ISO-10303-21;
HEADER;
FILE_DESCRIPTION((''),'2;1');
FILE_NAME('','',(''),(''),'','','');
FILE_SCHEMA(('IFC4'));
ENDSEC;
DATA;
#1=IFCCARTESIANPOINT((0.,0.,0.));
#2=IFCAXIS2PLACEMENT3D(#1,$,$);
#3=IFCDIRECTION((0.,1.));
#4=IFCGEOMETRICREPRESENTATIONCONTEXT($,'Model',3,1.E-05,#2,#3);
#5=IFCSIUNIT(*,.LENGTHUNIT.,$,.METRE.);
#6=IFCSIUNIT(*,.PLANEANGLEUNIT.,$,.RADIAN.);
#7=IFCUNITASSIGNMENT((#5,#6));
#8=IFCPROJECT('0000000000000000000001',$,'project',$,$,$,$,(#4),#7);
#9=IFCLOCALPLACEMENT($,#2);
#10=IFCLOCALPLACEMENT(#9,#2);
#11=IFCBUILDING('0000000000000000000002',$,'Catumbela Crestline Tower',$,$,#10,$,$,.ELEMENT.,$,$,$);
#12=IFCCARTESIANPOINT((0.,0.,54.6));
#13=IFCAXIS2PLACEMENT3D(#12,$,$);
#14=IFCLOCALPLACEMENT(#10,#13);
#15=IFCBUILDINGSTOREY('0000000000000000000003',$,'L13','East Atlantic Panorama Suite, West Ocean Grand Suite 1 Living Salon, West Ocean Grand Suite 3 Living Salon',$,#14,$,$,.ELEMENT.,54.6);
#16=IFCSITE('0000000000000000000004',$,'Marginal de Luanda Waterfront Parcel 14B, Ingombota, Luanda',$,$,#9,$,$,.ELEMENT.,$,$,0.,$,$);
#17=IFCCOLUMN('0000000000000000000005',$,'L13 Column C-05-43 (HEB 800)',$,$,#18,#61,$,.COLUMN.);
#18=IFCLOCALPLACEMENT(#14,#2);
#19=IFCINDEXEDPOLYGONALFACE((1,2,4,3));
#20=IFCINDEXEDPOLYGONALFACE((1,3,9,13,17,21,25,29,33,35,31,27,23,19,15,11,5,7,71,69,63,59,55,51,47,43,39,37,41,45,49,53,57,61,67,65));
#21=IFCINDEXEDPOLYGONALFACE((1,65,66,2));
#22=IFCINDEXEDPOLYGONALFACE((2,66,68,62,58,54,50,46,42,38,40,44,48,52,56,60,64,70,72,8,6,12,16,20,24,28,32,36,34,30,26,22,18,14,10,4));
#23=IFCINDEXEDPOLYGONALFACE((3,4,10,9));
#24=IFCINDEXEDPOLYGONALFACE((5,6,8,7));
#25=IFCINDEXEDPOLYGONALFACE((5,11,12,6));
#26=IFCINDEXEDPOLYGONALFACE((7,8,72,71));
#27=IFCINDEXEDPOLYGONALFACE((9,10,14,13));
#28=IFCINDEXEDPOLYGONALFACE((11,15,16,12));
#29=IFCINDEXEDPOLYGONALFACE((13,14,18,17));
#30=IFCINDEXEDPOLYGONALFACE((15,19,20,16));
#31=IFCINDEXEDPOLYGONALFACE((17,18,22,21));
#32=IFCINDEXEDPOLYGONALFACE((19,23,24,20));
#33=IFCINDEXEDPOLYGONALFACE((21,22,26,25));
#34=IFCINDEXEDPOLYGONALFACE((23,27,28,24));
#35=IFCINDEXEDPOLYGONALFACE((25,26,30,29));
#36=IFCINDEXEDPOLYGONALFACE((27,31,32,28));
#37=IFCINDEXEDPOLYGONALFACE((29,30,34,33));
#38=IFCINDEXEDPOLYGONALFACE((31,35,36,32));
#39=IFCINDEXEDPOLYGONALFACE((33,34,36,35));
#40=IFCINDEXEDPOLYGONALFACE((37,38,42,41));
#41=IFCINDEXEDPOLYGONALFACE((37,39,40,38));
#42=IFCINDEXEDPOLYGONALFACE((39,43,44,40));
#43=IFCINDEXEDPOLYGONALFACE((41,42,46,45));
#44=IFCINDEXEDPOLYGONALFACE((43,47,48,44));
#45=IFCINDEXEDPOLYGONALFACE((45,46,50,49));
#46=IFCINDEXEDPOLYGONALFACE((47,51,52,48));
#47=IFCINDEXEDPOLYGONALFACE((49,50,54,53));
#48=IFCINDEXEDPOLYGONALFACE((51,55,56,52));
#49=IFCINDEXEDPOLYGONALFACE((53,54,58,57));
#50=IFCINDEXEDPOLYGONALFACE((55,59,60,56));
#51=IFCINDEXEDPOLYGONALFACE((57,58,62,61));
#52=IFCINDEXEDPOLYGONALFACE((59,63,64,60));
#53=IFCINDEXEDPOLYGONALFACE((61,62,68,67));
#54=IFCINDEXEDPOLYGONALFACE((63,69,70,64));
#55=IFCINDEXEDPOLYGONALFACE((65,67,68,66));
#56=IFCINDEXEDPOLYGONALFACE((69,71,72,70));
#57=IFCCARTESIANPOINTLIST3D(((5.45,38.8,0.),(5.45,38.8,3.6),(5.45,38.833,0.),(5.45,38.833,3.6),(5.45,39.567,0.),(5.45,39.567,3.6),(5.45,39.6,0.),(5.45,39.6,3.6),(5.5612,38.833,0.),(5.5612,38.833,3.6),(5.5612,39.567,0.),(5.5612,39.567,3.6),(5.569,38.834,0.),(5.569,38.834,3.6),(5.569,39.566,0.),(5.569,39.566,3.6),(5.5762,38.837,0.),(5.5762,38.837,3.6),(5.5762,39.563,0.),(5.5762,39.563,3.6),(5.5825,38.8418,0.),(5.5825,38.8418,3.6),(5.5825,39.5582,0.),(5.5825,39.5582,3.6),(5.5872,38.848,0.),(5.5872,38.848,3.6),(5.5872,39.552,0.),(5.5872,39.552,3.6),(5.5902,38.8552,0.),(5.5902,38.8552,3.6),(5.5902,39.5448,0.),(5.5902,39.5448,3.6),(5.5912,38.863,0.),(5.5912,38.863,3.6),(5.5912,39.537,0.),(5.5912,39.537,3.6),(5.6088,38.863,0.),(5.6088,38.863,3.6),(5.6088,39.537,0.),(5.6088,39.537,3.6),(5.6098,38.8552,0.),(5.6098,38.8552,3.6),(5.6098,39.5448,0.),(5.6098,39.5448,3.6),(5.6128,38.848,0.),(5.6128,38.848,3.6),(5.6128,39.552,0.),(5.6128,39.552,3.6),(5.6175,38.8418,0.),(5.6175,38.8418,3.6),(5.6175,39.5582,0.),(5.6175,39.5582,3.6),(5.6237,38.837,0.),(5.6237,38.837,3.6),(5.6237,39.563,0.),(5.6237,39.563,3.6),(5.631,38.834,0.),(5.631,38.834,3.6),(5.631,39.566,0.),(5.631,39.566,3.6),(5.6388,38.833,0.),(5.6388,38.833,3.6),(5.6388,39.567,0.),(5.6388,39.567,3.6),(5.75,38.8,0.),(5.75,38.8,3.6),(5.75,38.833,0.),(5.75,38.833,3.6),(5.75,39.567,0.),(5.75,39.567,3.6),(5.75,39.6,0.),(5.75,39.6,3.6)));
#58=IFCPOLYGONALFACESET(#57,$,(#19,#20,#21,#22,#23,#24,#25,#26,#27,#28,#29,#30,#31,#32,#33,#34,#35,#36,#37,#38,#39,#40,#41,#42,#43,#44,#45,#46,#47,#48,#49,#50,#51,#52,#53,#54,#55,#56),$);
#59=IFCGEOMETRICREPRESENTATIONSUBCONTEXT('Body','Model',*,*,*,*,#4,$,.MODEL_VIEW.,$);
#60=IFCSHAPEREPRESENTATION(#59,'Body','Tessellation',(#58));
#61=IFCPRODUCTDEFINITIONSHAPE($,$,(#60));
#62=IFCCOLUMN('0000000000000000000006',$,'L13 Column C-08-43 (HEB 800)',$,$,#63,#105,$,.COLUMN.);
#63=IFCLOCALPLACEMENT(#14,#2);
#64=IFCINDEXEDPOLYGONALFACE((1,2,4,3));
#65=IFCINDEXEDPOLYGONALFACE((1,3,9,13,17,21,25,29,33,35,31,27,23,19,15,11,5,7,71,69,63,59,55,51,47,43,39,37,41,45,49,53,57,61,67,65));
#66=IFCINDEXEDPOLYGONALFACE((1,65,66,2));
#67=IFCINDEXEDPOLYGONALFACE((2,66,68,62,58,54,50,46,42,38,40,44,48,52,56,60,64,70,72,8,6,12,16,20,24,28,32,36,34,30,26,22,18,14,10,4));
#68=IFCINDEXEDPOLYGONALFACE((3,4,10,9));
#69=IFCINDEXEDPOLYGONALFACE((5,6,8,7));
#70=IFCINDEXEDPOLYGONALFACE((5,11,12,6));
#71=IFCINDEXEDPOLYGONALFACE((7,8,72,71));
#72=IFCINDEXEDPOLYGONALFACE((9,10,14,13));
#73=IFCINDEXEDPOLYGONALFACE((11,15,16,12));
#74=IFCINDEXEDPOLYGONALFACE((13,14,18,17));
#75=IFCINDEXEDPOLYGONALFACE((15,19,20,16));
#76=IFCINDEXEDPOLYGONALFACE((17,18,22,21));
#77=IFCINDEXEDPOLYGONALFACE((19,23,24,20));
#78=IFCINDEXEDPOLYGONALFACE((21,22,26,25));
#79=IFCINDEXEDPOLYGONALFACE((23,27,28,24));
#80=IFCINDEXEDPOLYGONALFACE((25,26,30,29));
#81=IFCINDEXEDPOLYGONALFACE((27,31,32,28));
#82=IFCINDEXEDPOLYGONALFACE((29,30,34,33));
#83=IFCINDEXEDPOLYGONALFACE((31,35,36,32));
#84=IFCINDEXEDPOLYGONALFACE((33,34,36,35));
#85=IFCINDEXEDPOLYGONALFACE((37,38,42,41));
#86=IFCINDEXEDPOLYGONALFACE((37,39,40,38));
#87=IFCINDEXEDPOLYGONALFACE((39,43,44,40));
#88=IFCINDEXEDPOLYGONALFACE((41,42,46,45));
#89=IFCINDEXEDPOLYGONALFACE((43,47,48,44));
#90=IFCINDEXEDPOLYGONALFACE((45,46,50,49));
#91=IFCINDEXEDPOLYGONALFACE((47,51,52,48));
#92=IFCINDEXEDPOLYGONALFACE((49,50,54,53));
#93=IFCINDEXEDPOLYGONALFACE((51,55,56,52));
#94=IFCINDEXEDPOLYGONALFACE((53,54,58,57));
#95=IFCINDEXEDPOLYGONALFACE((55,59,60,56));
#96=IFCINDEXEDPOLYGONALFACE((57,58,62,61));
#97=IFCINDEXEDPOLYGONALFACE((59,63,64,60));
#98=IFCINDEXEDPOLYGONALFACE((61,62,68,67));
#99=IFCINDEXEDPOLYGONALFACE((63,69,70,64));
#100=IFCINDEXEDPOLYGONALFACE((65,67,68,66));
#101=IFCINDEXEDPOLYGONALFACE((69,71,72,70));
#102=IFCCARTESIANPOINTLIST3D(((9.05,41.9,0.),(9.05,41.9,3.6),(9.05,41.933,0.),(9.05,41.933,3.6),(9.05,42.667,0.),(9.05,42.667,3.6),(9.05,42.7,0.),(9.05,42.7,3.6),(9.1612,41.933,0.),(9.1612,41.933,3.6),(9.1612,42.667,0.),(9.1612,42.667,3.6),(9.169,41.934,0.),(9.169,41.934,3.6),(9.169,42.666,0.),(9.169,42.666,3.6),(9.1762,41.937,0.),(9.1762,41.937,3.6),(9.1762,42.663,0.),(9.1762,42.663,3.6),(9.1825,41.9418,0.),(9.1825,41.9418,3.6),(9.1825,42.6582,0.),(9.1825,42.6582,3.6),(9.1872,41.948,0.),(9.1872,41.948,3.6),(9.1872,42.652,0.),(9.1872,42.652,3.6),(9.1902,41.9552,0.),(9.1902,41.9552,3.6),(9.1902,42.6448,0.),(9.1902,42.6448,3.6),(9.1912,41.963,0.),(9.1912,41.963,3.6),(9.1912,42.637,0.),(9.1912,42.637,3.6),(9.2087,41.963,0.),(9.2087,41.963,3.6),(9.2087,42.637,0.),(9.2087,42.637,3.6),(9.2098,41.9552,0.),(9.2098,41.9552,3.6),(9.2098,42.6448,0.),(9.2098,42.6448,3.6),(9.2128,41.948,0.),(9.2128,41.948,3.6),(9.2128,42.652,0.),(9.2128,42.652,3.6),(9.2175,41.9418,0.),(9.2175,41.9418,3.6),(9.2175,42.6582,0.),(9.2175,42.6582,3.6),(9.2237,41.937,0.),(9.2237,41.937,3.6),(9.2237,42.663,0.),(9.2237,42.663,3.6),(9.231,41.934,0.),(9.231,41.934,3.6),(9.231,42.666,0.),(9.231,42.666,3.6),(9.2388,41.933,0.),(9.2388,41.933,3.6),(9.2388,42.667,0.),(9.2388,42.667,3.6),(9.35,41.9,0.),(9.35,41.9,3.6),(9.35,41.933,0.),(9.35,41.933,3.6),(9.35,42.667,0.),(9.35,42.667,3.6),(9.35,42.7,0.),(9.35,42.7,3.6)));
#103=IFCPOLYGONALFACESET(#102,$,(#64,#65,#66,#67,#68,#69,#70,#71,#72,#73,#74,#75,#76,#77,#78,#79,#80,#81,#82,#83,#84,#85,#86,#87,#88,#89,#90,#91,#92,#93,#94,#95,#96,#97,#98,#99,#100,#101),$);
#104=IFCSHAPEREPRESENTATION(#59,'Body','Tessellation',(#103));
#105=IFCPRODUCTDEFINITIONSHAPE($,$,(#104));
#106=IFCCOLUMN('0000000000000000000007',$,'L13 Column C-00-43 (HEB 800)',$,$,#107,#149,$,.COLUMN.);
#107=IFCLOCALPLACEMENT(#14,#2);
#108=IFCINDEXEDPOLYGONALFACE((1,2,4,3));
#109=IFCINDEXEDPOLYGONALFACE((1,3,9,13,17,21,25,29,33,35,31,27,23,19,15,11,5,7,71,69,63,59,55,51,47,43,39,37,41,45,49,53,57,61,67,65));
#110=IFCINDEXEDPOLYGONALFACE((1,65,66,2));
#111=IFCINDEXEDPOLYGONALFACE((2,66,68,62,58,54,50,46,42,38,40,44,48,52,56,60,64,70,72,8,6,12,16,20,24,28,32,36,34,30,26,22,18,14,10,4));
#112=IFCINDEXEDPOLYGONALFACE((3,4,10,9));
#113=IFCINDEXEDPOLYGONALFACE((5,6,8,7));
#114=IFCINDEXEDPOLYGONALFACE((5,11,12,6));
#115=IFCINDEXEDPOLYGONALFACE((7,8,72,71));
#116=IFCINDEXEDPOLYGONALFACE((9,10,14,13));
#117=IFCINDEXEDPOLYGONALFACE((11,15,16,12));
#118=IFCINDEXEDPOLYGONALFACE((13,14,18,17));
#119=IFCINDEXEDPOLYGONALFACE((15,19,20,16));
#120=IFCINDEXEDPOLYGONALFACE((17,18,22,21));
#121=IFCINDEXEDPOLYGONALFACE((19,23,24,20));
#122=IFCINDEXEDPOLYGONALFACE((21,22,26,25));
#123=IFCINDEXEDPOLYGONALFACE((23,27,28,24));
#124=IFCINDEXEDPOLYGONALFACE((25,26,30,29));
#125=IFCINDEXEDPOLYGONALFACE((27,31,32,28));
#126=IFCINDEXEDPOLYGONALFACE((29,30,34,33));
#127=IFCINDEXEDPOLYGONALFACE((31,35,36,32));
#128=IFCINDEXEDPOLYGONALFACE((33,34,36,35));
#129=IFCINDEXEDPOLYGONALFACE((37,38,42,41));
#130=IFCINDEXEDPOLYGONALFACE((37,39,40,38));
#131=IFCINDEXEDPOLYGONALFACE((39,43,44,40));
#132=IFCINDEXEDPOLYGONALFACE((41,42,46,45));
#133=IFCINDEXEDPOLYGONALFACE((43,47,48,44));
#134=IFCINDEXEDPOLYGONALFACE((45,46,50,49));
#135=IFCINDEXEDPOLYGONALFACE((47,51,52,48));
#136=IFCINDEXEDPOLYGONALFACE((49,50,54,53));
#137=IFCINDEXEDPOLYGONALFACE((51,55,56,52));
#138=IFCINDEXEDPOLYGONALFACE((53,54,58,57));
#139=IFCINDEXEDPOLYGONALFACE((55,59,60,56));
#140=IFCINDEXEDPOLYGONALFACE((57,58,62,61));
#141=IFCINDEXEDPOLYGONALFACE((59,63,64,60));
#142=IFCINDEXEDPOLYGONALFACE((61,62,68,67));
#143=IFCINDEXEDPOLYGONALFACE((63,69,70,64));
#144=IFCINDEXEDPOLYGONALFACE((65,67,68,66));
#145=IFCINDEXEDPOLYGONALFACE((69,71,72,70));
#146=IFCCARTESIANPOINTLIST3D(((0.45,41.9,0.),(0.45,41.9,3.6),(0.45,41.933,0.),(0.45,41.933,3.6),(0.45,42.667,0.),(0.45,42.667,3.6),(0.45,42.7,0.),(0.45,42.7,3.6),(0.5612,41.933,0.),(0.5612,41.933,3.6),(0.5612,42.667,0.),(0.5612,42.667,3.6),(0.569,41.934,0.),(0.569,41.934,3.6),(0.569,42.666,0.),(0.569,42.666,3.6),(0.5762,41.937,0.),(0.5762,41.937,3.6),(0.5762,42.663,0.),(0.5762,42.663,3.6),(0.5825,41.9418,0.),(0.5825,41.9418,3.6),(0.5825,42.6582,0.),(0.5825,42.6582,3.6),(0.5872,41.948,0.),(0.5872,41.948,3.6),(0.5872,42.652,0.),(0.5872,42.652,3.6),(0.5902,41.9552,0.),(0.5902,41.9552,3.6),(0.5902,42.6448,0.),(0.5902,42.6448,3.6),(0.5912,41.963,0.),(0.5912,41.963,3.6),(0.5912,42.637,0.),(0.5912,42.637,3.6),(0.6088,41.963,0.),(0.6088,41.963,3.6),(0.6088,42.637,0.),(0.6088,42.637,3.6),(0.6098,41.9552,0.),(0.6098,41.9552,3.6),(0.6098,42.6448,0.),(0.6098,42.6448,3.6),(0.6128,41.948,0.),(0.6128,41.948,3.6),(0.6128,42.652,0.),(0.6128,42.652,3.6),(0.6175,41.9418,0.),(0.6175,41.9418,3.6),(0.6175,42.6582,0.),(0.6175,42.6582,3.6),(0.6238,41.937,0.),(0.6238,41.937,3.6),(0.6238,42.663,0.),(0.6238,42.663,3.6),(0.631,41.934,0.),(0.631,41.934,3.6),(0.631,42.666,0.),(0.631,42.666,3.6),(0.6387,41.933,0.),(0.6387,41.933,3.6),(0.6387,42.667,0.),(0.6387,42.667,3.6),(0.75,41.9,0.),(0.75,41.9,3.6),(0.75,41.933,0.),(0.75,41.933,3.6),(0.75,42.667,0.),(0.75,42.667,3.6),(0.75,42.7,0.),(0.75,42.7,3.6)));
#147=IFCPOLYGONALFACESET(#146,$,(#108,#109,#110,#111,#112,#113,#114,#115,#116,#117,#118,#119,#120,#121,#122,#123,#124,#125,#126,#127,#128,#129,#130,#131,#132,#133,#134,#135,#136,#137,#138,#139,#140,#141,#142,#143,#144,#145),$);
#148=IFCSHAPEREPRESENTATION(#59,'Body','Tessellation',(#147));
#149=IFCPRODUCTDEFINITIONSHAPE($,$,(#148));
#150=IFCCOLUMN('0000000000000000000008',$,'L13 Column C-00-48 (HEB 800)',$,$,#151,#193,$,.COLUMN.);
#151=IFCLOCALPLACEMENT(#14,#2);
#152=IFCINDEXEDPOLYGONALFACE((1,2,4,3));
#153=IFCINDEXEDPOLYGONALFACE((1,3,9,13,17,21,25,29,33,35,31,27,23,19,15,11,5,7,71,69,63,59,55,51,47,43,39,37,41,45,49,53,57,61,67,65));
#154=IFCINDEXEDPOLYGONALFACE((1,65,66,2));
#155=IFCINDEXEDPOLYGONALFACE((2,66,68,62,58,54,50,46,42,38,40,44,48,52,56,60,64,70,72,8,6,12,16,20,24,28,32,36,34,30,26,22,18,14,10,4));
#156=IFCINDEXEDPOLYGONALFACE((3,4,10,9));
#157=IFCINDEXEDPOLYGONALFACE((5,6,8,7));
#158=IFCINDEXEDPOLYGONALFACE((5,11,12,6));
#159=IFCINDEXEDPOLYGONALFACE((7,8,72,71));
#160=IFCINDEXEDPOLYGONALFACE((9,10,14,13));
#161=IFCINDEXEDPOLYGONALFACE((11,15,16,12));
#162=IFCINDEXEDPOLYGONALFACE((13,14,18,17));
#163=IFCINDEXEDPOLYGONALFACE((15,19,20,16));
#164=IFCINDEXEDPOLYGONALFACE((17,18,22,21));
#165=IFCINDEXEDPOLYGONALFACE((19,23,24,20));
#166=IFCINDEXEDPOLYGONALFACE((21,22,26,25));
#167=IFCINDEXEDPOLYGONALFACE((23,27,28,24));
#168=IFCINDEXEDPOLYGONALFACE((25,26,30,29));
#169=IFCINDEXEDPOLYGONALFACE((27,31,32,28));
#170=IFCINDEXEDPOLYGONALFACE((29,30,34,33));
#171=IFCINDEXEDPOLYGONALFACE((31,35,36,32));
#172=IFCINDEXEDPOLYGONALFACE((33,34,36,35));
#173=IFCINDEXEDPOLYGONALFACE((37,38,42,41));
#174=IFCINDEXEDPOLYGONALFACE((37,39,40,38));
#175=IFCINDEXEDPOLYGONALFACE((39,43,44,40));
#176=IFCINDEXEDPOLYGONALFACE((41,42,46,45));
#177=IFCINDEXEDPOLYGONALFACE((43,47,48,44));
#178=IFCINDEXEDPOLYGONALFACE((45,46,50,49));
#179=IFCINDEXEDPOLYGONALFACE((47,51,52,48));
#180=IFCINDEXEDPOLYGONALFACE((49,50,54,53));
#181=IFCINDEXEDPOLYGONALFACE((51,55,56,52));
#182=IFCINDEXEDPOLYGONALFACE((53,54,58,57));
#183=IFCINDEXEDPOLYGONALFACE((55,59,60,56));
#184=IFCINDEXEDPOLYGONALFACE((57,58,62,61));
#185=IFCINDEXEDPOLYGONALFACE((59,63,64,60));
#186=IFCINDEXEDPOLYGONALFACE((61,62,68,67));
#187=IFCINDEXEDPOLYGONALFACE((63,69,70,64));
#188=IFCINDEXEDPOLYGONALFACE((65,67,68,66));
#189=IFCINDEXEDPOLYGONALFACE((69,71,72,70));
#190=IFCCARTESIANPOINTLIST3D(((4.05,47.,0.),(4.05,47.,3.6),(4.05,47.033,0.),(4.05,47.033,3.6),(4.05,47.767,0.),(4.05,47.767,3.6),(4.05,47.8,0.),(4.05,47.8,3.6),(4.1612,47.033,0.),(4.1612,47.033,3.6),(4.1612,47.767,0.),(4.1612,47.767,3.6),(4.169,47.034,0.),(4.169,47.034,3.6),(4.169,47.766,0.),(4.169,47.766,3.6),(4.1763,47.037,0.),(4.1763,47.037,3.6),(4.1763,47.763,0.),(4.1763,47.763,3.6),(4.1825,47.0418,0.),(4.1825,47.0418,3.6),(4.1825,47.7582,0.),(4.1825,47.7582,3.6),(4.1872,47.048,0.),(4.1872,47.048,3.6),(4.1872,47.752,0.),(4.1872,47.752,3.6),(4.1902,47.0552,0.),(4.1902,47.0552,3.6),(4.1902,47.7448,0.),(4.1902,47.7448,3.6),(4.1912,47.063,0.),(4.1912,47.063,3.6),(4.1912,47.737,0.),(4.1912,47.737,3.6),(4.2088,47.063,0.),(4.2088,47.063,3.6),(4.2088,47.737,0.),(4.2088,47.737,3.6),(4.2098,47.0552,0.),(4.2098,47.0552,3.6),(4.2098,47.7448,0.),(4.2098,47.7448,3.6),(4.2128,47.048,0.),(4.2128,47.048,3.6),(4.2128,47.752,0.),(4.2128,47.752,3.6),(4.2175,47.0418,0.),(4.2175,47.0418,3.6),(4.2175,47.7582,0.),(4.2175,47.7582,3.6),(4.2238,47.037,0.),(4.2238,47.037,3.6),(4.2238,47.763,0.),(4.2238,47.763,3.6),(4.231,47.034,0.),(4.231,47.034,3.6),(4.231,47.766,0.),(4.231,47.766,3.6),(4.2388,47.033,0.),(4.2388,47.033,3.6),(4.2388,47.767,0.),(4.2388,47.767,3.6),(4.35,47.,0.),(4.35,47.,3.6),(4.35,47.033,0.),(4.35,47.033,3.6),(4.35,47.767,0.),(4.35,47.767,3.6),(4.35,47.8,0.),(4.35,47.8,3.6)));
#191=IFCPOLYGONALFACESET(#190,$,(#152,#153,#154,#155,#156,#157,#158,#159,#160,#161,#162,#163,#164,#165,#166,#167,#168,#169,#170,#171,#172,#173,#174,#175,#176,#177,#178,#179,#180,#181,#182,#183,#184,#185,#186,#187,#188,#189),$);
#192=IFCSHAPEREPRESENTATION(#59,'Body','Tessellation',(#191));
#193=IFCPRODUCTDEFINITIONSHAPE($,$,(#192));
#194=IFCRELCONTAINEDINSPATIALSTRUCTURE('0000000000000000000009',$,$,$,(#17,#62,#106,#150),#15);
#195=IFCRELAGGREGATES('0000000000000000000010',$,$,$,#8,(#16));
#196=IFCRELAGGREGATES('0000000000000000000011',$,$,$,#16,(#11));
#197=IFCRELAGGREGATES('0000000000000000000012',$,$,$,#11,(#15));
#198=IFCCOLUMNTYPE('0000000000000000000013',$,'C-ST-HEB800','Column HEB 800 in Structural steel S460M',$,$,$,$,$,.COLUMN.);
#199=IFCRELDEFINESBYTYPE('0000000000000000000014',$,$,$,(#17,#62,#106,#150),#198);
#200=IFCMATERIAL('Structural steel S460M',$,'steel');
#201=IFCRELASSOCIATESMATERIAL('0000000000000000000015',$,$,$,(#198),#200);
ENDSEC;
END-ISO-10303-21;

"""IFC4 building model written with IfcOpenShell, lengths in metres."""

from ifc_helpers import new_model, si_unit, direction, frame, origin, origin_2d, place, context, subcontext, project, spatial, i_section, extrude, material, material_profile, profile_set, type_object, element, save


model = new_model("IFC4")

# Units and contexts
model_context = context("Model", 3, precision=1e-05, world=origin(), true_north=direction((0.0, 1.0)))
body_context = subcontext(model_context, "Body", "Model", "MODEL_VIEW")
ifc_project = project(units=[si_unit("LENGTHUNIT", "METRE"), si_unit("PLANEANGLEUNIT", "RADIAN")], contexts=[model_context])

# Site, building, storey
site_placement = place(None, origin())
site = spatial("IfcSite", under=ifc_project, at=site_placement, Name="Marginal de Luanda Waterfront Parcel 14B, Ingombota, Luanda", CompositionType="ELEMENT", RefElevation=0.0)
building_placement = place(site_placement, origin())
building = spatial("IfcBuilding", under=site, at=building_placement, Name="Catumbela Crestline Tower", CompositionType="ELEMENT")
storey_placement = place(building_placement, frame((0.0, 0.0, 54.6)))
storey = spatial("IfcBuildingStorey", under=building, at=storey_placement, Name="L13", Description="East Atlantic Panorama Suite, West Ocean Grand Suite 1 Living Salon, West Ocean Grand Suite 3 Living Salon", CompositionType="ELEMENT", Elevation=54.6)

# Columns
ifc_material_1 = material(Name="Structural steel S460M", Category="steel")
ifc_material_profile_1 = material_profile(ifc_material_1, i_section(OverallWidth=0.3, OverallDepth=0.8, WebThickness=0.0175, FlangeThickness=0.033, FilletRadius=0.03, at=origin_2d()), Name="HEB 800")
ifc_profile_set_1 = profile_set([ifc_material_profile_1], Name="Structural steel S460M")
column_type = type_object("IfcColumnType", Name="C-ST-HEB800", Description="Column HEB 800 in Structural steel S460M", PredefinedType="COLUMN", material=ifc_profile_set_1)
for number, where, z_axis, x_axis, name in (
    (1, (5.6, 39.2, 0.0), (0.0, 0.0, 1.0), (1.0, 0.0, 0.0), "L13 Column C-05-43 (HEB 800)"),
    (2, (9.2, 42.3, 0.0), (0.0, 0.0, 1.0), (1.0, 0.0, 0.0), "L13 Column C-08-43 (HEB 800)"),
    (3, (0.6, 42.3, 0.0), (0.0, 0.0, 1.0), (1.0, 0.0, 0.0), "L13 Column C-00-43 (HEB 800)"),
    (4, (4.2, 47.4, 0.0), (0.0, 0.0, 1.0), (1.0, 0.0, 0.0), "L13 Column C-00-48 (HEB 800)"),
):
    element("IfcColumn", number, at=place(storey_placement, frame(where, z_axis=z_axis, x_axis=x_axis)), inside=storey, type_object=column_type, Name=name, PredefinedType="COLUMN", context=body_context, shape_type="SweptSolid", body=[
        extrude(i_section(OverallWidth=0.3, OverallDepth=0.8, WebThickness=0.0175, FlangeThickness=0.033, FilletRadius=0.03, at=origin_2d()), origin(), (0.0, 0.0, 1.0), 3.6),
    ])

save(model, "model.ifc")
